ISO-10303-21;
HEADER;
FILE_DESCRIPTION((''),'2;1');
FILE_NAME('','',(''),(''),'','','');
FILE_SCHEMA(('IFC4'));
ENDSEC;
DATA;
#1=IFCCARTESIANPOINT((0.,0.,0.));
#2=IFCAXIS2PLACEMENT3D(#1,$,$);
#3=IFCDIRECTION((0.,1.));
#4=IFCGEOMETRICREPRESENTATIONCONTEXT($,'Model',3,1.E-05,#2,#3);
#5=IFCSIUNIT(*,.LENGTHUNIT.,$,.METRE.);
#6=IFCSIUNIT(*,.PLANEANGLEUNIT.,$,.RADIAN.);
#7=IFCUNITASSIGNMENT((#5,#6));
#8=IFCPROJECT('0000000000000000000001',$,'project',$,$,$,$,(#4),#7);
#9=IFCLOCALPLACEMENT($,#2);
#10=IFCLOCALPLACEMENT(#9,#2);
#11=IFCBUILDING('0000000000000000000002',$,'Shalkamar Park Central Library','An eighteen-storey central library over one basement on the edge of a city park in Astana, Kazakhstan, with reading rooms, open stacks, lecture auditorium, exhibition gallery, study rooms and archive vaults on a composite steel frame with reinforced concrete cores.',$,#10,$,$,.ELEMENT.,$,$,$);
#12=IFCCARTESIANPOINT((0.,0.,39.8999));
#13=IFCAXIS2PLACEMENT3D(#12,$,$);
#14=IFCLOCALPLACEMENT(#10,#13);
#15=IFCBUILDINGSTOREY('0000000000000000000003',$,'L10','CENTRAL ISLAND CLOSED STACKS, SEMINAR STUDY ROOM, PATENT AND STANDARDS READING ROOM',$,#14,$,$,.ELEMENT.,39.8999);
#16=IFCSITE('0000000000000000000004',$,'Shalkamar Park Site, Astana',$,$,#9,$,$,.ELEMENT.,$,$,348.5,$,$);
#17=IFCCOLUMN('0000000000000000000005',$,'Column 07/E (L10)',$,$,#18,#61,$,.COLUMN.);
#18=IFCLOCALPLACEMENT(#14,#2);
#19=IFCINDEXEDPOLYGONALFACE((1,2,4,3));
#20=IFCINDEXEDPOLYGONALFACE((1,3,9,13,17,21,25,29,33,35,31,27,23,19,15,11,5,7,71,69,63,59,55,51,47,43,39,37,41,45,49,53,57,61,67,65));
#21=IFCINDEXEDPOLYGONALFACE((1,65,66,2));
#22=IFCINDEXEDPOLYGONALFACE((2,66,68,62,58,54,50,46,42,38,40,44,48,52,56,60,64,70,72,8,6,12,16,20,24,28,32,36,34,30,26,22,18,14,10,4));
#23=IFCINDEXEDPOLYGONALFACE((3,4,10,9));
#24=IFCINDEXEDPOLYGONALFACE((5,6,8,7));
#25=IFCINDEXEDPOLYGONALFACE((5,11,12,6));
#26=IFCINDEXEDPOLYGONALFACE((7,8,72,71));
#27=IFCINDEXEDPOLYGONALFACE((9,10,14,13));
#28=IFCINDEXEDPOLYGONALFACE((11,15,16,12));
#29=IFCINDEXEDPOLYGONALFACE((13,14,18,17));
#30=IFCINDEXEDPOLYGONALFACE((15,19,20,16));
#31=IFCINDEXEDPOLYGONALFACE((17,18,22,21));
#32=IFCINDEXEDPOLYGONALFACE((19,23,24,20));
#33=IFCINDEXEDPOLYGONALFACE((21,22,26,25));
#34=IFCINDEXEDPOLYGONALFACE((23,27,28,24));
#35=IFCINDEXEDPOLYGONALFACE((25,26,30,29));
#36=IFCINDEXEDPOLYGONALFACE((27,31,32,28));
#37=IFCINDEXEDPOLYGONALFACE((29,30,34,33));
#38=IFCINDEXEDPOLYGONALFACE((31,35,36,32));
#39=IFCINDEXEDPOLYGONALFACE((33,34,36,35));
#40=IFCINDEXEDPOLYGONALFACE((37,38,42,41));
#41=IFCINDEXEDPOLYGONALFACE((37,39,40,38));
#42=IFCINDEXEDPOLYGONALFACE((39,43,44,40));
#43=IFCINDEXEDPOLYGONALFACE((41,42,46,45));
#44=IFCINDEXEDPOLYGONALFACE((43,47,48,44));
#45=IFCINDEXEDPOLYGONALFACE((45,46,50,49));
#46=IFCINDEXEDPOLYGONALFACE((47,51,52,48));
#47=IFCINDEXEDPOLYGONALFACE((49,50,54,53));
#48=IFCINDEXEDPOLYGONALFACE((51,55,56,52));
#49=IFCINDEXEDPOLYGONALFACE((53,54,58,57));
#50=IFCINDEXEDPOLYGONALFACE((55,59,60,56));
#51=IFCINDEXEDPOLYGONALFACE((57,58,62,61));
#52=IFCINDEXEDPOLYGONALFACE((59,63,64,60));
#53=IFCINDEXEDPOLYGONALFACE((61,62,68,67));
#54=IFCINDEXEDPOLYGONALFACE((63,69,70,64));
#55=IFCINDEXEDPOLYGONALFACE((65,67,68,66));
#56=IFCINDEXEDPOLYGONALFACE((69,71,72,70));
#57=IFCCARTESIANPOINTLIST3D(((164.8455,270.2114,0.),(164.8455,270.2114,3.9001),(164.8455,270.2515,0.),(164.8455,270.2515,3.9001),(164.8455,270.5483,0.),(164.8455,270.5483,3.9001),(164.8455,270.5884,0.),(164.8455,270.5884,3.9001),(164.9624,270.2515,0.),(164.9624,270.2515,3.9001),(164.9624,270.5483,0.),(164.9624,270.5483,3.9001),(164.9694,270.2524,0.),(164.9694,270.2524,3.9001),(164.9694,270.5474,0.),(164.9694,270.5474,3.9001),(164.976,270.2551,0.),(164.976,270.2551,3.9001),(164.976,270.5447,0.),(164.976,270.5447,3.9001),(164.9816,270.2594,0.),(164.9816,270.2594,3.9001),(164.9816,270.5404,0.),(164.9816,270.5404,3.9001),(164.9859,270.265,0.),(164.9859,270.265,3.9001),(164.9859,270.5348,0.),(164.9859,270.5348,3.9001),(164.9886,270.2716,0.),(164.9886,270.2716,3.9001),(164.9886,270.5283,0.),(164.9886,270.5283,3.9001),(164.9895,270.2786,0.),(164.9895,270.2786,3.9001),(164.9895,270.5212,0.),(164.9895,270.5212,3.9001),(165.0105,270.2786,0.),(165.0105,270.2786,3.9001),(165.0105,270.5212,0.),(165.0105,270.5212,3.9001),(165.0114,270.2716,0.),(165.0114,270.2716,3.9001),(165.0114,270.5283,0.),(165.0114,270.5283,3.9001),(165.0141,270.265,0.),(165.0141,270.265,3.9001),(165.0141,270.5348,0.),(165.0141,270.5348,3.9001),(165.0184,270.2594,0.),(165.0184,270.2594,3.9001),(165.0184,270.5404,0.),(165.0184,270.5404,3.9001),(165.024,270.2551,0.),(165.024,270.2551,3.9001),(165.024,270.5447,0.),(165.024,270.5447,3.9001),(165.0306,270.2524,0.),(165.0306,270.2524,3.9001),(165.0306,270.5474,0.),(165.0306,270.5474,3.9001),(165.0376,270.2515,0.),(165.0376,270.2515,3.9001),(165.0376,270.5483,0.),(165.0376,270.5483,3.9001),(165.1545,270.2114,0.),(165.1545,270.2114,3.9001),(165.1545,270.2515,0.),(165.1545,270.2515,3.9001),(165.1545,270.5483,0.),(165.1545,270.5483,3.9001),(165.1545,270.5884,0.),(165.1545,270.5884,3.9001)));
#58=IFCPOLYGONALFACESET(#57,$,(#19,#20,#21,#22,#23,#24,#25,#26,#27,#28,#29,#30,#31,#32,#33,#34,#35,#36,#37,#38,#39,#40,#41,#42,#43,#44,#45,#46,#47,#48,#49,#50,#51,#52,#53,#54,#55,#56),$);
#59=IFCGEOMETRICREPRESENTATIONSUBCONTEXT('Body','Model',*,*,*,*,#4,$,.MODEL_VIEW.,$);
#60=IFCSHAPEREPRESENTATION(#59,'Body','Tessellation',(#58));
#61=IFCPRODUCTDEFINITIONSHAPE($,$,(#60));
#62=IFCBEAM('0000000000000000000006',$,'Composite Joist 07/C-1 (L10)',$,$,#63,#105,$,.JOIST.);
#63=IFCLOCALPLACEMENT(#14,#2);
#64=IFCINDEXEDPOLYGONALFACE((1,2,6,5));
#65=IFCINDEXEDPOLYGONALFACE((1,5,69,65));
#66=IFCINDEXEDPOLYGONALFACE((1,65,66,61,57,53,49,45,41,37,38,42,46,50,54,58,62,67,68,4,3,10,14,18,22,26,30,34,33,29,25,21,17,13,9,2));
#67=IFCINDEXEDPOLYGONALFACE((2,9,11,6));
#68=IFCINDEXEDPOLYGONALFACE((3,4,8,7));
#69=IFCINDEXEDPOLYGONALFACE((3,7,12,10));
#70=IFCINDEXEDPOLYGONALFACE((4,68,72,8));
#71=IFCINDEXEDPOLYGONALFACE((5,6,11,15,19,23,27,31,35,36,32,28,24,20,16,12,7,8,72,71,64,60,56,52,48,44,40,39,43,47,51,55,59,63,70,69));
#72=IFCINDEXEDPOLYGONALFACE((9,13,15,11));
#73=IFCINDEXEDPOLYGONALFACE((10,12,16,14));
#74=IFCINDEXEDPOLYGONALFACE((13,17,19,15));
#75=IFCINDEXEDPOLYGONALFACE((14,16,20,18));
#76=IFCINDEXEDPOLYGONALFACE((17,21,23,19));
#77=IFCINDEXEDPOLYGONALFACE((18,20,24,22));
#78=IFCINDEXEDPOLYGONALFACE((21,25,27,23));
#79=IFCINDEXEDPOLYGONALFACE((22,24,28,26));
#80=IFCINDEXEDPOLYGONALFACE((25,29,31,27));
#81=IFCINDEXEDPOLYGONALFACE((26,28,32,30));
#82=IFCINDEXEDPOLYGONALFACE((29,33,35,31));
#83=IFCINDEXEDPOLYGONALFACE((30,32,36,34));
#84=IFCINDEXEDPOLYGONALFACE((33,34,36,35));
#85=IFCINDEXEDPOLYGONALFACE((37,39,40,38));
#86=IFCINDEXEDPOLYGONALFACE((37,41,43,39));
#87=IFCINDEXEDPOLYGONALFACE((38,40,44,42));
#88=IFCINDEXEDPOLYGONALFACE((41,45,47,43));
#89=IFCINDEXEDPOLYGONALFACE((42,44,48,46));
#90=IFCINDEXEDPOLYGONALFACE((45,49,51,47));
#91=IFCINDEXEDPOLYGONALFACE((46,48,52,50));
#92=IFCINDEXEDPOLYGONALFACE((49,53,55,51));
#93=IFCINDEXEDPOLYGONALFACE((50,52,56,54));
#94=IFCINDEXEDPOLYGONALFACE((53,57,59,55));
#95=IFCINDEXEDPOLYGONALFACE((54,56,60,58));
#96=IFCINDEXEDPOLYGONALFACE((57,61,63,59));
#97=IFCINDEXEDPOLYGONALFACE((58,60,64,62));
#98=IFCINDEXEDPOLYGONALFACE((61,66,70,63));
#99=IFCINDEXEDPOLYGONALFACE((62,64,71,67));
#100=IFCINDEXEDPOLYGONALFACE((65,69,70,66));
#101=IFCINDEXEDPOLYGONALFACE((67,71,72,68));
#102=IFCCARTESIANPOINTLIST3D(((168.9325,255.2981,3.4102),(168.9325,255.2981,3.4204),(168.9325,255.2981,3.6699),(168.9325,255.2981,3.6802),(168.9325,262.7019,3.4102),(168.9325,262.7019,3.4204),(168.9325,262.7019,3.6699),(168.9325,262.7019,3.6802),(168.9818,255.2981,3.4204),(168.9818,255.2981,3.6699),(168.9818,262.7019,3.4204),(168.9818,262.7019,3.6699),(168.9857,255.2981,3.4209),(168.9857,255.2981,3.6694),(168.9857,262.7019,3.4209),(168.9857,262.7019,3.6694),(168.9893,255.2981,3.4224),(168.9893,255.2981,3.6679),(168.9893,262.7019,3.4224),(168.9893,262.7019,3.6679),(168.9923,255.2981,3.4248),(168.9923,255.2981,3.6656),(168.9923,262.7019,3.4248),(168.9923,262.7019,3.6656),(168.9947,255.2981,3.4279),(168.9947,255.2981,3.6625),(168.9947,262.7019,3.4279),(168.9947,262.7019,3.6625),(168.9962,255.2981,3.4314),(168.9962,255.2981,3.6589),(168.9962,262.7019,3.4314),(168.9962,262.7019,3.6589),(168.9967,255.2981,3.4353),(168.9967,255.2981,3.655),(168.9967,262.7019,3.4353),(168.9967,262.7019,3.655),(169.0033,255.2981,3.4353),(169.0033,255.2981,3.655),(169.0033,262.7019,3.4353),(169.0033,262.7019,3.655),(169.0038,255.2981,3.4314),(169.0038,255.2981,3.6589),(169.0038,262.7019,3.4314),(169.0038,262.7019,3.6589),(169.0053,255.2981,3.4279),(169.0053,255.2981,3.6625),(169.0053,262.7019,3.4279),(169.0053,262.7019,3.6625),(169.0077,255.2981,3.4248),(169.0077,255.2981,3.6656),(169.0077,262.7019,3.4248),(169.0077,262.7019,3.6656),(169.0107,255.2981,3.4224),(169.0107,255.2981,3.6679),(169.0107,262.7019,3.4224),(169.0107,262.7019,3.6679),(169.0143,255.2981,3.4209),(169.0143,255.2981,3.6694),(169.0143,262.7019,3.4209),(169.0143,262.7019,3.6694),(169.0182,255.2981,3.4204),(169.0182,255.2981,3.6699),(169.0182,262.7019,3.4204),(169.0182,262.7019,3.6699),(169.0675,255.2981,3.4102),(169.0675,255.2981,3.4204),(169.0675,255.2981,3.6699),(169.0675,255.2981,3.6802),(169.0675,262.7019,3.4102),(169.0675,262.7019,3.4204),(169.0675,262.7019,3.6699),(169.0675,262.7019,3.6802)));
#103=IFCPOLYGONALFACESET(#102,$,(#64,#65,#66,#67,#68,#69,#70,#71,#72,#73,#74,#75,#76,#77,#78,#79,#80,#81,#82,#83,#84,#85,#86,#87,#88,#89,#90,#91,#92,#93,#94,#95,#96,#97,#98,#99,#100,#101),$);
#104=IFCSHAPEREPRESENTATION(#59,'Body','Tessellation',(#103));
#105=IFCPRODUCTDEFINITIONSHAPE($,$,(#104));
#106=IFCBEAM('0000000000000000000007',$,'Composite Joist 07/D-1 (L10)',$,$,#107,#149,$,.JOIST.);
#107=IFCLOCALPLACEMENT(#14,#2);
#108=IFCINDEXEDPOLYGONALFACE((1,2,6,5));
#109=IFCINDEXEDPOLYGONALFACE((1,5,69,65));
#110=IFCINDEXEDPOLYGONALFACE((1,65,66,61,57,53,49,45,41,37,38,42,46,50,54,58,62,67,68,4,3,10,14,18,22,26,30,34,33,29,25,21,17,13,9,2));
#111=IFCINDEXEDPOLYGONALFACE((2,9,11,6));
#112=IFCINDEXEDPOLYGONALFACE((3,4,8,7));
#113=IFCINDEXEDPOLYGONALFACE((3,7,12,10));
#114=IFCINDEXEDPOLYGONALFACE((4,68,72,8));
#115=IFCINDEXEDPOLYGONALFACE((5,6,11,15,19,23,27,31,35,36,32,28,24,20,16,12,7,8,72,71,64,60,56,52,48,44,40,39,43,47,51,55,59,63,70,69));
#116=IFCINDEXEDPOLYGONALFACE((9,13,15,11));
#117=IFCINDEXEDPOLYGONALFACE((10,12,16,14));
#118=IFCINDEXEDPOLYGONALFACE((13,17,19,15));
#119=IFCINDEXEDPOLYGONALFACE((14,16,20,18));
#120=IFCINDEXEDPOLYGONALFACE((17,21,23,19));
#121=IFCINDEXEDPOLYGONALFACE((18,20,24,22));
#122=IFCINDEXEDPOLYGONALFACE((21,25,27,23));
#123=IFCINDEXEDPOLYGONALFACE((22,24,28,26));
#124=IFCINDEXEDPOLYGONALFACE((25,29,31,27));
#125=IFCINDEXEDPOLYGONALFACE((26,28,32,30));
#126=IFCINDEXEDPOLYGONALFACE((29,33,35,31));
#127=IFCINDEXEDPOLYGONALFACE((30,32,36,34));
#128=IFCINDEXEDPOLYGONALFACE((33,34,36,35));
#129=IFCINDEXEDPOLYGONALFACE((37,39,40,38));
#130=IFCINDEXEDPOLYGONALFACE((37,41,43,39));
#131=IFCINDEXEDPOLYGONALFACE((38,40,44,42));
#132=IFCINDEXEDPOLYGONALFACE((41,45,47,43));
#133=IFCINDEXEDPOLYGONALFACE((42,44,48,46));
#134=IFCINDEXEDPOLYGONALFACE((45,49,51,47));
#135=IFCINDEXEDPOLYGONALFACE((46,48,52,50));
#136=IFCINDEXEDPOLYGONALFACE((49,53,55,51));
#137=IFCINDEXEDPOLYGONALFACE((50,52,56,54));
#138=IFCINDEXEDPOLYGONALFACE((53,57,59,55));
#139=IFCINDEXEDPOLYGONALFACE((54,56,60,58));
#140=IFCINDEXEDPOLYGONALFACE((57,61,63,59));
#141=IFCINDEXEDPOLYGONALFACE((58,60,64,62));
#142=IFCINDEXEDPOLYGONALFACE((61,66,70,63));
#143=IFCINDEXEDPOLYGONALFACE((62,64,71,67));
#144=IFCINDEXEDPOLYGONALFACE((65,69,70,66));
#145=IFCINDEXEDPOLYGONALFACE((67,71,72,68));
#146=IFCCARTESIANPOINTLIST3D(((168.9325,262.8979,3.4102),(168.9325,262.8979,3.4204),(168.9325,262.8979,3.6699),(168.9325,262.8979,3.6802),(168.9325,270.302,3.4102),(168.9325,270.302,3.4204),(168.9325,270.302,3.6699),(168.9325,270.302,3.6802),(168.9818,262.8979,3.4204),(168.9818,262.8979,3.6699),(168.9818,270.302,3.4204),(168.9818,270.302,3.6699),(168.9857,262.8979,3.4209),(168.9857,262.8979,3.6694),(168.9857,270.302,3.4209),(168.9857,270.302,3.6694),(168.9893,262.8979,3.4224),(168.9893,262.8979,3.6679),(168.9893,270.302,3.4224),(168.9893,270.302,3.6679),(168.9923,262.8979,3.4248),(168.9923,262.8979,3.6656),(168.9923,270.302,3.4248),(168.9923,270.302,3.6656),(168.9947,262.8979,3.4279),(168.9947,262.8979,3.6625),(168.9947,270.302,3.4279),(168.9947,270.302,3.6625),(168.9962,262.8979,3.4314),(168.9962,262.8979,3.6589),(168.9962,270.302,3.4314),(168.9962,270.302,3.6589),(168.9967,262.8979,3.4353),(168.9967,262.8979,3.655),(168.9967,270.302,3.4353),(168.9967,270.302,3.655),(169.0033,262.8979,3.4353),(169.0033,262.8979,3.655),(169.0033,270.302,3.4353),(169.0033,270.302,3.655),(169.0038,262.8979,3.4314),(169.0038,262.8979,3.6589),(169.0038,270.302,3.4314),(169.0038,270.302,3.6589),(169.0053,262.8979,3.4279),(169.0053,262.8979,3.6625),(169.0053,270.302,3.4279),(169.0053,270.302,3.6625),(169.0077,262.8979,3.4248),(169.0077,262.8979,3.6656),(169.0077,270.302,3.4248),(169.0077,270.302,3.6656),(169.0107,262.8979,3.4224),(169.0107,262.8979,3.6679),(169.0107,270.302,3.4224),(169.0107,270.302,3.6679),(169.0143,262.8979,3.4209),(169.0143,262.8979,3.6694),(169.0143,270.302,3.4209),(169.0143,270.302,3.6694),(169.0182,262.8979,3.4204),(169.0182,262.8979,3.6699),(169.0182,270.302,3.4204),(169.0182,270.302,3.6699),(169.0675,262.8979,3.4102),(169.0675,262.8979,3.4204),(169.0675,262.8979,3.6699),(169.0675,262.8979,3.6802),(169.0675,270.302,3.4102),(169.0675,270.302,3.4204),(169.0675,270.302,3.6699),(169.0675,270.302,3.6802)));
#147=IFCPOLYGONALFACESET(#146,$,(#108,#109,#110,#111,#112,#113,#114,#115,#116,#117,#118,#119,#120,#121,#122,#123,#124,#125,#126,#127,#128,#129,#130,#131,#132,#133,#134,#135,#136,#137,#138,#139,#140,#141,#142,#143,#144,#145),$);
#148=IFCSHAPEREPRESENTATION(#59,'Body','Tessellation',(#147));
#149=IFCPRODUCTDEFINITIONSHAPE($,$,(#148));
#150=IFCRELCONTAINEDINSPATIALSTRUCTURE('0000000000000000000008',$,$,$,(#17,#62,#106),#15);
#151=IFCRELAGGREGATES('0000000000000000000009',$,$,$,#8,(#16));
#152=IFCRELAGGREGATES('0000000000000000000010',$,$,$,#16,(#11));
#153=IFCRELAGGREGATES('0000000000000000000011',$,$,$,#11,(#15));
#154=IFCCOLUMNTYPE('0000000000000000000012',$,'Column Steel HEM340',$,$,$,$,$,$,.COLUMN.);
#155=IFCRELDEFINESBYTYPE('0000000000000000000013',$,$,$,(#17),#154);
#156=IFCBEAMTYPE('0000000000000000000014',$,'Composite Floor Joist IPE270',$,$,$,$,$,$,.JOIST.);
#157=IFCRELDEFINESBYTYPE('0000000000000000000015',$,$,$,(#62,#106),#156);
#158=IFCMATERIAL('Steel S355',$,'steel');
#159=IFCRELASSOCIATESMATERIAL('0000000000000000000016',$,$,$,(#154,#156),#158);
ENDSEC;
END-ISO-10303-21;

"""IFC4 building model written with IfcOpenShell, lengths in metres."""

from ifc_helpers import new_model, si_unit, direction, frame, origin, origin_2d, place, context, subcontext, project, spatial, i_section, extrude, material, material_profile, profile_set, type_object, element, save


model = new_model("IFC4")

# Units and contexts
model_context = context("Model", 3, precision=1e-05, world=origin(), true_north=direction((0.0, 1.0)))
body_context = subcontext(model_context, "Body", "Model", "MODEL_VIEW")
ifc_project = project(units=[si_unit("LENGTHUNIT", "METRE"), si_unit("PLANEANGLEUNIT", "RADIAN")], contexts=[model_context])

# Site, building, storey
site_placement = place(None, origin())
site = spatial("IfcSite", under=ifc_project, at=site_placement, Name="Shalkamar Park Site, Astana", CompositionType="ELEMENT", RefElevation=348.5)
building_placement = place(site_placement, origin())
building = spatial("IfcBuilding", under=site, at=building_placement, Name="Shalkamar Park Central Library", Description="An eighteen-storey central library over one basement on the edge of a city park in Astana, Kazakhstan, with reading rooms, open stacks, lecture auditorium, exhibition gallery, study rooms and archive vaults on a composite steel frame with reinforced concrete cores.", CompositionType="ELEMENT")
storey_placement = place(building_placement, frame((0.0, 0.0, 39.8999)))
storey = spatial("IfcBuildingStorey", under=building, at=storey_placement, Name="L10", Description="CENTRAL ISLAND CLOSED STACKS, SEMINAR STUDY ROOM, PATENT AND STANDARDS READING ROOM", CompositionType="ELEMENT", Elevation=39.8999)

# Column
ifc_material_1 = material(Name="Steel S355", Category="steel")
ifc_material_profile_1 = material_profile(ifc_material_1, i_section(OverallWidth=0.3091, OverallDepth=0.377, WebThickness=0.021, FlangeThickness=0.04, FilletRadius=0.0271, at=origin_2d()), Name="HEM 340")
ifc_profile_set_1 = profile_set([ifc_material_profile_1], Name="Steel S355")
column_type_1 = type_object("IfcColumnType", Name="Column Steel HEM340", PredefinedType="COLUMN", material=ifc_profile_set_1)
for number, where, z_axis, x_axis, name in (
    (1, (165.0, 270.3999, 0.0), (0.0, 0.0, 1.0), (1.0, 0.0, 0.0), "Column 07/E (L10)"),
):
    element("IfcColumn", number, at=place(storey_placement, frame(where, z_axis=z_axis, x_axis=x_axis)), inside=storey, type_object=column_type_1, Name=name, PredefinedType="COLUMN", context=body_context, shape_type="SweptSolid", body=[
        extrude(i_section(OverallWidth=0.3091, OverallDepth=0.377, WebThickness=0.021, FlangeThickness=0.04, FilletRadius=0.0271, at=origin_2d()), origin(), (0.0, 0.0, 1.0), 3.9001),
    ])

# Beams
ifc_material_profile_2 = material_profile(ifc_material_1, i_section(OverallWidth=0.135, OverallDepth=0.27, WebThickness=0.0066, FlangeThickness=0.0103, FilletRadius=0.0149, at=origin_2d()), Name="IPE 270")
ifc_profile_set_2 = profile_set([ifc_material_profile_2], Name="Steel S355")
beam_type_1 = type_object("IfcBeamType", Name="Composite Floor Joist IPE270", PredefinedType="JOIST", material=ifc_profile_set_2)
beam_1_placement = place(storey_placement, frame((169.0, 255.2981, 3.5452), z_axis=(0.0, 1.0, 0.0), x_axis=(-1.0, 0.0, 0.0)))
element("IfcBeam", 2, at=beam_1_placement, inside=storey, type_object=beam_type_1, Name="Composite Joist 07/C-1 (L10)", PredefinedType="JOIST", context=body_context, shape_type="SweptSolid", body=[
    extrude(i_section(OverallWidth=0.135, OverallDepth=0.27, WebThickness=0.0066, FlangeThickness=0.0103, FilletRadius=0.0149, at=origin_2d()), origin(), (0.0, 0.0, 1.0), 7.4038),
])
beam_2_placement = place(storey_placement, frame((169.0, 262.8979, 3.5452), z_axis=(0.0, 1.0, 0.0), x_axis=(-1.0, 0.0, 0.0)))
element("IfcBeam", 3, at=beam_2_placement, inside=storey, type_object=beam_type_1, Name="Composite Joist 07/D-1 (L10)", PredefinedType="JOIST", context=body_context, shape_type="SweptSolid", body=[
    extrude(i_section(OverallWidth=0.135, OverallDepth=0.27, WebThickness=0.0066, FlangeThickness=0.0103, FilletRadius=0.0149, at=origin_2d()), origin(), (0.0, 0.0, 1.0), 7.4041),
])

save(model, "model.ifc")
